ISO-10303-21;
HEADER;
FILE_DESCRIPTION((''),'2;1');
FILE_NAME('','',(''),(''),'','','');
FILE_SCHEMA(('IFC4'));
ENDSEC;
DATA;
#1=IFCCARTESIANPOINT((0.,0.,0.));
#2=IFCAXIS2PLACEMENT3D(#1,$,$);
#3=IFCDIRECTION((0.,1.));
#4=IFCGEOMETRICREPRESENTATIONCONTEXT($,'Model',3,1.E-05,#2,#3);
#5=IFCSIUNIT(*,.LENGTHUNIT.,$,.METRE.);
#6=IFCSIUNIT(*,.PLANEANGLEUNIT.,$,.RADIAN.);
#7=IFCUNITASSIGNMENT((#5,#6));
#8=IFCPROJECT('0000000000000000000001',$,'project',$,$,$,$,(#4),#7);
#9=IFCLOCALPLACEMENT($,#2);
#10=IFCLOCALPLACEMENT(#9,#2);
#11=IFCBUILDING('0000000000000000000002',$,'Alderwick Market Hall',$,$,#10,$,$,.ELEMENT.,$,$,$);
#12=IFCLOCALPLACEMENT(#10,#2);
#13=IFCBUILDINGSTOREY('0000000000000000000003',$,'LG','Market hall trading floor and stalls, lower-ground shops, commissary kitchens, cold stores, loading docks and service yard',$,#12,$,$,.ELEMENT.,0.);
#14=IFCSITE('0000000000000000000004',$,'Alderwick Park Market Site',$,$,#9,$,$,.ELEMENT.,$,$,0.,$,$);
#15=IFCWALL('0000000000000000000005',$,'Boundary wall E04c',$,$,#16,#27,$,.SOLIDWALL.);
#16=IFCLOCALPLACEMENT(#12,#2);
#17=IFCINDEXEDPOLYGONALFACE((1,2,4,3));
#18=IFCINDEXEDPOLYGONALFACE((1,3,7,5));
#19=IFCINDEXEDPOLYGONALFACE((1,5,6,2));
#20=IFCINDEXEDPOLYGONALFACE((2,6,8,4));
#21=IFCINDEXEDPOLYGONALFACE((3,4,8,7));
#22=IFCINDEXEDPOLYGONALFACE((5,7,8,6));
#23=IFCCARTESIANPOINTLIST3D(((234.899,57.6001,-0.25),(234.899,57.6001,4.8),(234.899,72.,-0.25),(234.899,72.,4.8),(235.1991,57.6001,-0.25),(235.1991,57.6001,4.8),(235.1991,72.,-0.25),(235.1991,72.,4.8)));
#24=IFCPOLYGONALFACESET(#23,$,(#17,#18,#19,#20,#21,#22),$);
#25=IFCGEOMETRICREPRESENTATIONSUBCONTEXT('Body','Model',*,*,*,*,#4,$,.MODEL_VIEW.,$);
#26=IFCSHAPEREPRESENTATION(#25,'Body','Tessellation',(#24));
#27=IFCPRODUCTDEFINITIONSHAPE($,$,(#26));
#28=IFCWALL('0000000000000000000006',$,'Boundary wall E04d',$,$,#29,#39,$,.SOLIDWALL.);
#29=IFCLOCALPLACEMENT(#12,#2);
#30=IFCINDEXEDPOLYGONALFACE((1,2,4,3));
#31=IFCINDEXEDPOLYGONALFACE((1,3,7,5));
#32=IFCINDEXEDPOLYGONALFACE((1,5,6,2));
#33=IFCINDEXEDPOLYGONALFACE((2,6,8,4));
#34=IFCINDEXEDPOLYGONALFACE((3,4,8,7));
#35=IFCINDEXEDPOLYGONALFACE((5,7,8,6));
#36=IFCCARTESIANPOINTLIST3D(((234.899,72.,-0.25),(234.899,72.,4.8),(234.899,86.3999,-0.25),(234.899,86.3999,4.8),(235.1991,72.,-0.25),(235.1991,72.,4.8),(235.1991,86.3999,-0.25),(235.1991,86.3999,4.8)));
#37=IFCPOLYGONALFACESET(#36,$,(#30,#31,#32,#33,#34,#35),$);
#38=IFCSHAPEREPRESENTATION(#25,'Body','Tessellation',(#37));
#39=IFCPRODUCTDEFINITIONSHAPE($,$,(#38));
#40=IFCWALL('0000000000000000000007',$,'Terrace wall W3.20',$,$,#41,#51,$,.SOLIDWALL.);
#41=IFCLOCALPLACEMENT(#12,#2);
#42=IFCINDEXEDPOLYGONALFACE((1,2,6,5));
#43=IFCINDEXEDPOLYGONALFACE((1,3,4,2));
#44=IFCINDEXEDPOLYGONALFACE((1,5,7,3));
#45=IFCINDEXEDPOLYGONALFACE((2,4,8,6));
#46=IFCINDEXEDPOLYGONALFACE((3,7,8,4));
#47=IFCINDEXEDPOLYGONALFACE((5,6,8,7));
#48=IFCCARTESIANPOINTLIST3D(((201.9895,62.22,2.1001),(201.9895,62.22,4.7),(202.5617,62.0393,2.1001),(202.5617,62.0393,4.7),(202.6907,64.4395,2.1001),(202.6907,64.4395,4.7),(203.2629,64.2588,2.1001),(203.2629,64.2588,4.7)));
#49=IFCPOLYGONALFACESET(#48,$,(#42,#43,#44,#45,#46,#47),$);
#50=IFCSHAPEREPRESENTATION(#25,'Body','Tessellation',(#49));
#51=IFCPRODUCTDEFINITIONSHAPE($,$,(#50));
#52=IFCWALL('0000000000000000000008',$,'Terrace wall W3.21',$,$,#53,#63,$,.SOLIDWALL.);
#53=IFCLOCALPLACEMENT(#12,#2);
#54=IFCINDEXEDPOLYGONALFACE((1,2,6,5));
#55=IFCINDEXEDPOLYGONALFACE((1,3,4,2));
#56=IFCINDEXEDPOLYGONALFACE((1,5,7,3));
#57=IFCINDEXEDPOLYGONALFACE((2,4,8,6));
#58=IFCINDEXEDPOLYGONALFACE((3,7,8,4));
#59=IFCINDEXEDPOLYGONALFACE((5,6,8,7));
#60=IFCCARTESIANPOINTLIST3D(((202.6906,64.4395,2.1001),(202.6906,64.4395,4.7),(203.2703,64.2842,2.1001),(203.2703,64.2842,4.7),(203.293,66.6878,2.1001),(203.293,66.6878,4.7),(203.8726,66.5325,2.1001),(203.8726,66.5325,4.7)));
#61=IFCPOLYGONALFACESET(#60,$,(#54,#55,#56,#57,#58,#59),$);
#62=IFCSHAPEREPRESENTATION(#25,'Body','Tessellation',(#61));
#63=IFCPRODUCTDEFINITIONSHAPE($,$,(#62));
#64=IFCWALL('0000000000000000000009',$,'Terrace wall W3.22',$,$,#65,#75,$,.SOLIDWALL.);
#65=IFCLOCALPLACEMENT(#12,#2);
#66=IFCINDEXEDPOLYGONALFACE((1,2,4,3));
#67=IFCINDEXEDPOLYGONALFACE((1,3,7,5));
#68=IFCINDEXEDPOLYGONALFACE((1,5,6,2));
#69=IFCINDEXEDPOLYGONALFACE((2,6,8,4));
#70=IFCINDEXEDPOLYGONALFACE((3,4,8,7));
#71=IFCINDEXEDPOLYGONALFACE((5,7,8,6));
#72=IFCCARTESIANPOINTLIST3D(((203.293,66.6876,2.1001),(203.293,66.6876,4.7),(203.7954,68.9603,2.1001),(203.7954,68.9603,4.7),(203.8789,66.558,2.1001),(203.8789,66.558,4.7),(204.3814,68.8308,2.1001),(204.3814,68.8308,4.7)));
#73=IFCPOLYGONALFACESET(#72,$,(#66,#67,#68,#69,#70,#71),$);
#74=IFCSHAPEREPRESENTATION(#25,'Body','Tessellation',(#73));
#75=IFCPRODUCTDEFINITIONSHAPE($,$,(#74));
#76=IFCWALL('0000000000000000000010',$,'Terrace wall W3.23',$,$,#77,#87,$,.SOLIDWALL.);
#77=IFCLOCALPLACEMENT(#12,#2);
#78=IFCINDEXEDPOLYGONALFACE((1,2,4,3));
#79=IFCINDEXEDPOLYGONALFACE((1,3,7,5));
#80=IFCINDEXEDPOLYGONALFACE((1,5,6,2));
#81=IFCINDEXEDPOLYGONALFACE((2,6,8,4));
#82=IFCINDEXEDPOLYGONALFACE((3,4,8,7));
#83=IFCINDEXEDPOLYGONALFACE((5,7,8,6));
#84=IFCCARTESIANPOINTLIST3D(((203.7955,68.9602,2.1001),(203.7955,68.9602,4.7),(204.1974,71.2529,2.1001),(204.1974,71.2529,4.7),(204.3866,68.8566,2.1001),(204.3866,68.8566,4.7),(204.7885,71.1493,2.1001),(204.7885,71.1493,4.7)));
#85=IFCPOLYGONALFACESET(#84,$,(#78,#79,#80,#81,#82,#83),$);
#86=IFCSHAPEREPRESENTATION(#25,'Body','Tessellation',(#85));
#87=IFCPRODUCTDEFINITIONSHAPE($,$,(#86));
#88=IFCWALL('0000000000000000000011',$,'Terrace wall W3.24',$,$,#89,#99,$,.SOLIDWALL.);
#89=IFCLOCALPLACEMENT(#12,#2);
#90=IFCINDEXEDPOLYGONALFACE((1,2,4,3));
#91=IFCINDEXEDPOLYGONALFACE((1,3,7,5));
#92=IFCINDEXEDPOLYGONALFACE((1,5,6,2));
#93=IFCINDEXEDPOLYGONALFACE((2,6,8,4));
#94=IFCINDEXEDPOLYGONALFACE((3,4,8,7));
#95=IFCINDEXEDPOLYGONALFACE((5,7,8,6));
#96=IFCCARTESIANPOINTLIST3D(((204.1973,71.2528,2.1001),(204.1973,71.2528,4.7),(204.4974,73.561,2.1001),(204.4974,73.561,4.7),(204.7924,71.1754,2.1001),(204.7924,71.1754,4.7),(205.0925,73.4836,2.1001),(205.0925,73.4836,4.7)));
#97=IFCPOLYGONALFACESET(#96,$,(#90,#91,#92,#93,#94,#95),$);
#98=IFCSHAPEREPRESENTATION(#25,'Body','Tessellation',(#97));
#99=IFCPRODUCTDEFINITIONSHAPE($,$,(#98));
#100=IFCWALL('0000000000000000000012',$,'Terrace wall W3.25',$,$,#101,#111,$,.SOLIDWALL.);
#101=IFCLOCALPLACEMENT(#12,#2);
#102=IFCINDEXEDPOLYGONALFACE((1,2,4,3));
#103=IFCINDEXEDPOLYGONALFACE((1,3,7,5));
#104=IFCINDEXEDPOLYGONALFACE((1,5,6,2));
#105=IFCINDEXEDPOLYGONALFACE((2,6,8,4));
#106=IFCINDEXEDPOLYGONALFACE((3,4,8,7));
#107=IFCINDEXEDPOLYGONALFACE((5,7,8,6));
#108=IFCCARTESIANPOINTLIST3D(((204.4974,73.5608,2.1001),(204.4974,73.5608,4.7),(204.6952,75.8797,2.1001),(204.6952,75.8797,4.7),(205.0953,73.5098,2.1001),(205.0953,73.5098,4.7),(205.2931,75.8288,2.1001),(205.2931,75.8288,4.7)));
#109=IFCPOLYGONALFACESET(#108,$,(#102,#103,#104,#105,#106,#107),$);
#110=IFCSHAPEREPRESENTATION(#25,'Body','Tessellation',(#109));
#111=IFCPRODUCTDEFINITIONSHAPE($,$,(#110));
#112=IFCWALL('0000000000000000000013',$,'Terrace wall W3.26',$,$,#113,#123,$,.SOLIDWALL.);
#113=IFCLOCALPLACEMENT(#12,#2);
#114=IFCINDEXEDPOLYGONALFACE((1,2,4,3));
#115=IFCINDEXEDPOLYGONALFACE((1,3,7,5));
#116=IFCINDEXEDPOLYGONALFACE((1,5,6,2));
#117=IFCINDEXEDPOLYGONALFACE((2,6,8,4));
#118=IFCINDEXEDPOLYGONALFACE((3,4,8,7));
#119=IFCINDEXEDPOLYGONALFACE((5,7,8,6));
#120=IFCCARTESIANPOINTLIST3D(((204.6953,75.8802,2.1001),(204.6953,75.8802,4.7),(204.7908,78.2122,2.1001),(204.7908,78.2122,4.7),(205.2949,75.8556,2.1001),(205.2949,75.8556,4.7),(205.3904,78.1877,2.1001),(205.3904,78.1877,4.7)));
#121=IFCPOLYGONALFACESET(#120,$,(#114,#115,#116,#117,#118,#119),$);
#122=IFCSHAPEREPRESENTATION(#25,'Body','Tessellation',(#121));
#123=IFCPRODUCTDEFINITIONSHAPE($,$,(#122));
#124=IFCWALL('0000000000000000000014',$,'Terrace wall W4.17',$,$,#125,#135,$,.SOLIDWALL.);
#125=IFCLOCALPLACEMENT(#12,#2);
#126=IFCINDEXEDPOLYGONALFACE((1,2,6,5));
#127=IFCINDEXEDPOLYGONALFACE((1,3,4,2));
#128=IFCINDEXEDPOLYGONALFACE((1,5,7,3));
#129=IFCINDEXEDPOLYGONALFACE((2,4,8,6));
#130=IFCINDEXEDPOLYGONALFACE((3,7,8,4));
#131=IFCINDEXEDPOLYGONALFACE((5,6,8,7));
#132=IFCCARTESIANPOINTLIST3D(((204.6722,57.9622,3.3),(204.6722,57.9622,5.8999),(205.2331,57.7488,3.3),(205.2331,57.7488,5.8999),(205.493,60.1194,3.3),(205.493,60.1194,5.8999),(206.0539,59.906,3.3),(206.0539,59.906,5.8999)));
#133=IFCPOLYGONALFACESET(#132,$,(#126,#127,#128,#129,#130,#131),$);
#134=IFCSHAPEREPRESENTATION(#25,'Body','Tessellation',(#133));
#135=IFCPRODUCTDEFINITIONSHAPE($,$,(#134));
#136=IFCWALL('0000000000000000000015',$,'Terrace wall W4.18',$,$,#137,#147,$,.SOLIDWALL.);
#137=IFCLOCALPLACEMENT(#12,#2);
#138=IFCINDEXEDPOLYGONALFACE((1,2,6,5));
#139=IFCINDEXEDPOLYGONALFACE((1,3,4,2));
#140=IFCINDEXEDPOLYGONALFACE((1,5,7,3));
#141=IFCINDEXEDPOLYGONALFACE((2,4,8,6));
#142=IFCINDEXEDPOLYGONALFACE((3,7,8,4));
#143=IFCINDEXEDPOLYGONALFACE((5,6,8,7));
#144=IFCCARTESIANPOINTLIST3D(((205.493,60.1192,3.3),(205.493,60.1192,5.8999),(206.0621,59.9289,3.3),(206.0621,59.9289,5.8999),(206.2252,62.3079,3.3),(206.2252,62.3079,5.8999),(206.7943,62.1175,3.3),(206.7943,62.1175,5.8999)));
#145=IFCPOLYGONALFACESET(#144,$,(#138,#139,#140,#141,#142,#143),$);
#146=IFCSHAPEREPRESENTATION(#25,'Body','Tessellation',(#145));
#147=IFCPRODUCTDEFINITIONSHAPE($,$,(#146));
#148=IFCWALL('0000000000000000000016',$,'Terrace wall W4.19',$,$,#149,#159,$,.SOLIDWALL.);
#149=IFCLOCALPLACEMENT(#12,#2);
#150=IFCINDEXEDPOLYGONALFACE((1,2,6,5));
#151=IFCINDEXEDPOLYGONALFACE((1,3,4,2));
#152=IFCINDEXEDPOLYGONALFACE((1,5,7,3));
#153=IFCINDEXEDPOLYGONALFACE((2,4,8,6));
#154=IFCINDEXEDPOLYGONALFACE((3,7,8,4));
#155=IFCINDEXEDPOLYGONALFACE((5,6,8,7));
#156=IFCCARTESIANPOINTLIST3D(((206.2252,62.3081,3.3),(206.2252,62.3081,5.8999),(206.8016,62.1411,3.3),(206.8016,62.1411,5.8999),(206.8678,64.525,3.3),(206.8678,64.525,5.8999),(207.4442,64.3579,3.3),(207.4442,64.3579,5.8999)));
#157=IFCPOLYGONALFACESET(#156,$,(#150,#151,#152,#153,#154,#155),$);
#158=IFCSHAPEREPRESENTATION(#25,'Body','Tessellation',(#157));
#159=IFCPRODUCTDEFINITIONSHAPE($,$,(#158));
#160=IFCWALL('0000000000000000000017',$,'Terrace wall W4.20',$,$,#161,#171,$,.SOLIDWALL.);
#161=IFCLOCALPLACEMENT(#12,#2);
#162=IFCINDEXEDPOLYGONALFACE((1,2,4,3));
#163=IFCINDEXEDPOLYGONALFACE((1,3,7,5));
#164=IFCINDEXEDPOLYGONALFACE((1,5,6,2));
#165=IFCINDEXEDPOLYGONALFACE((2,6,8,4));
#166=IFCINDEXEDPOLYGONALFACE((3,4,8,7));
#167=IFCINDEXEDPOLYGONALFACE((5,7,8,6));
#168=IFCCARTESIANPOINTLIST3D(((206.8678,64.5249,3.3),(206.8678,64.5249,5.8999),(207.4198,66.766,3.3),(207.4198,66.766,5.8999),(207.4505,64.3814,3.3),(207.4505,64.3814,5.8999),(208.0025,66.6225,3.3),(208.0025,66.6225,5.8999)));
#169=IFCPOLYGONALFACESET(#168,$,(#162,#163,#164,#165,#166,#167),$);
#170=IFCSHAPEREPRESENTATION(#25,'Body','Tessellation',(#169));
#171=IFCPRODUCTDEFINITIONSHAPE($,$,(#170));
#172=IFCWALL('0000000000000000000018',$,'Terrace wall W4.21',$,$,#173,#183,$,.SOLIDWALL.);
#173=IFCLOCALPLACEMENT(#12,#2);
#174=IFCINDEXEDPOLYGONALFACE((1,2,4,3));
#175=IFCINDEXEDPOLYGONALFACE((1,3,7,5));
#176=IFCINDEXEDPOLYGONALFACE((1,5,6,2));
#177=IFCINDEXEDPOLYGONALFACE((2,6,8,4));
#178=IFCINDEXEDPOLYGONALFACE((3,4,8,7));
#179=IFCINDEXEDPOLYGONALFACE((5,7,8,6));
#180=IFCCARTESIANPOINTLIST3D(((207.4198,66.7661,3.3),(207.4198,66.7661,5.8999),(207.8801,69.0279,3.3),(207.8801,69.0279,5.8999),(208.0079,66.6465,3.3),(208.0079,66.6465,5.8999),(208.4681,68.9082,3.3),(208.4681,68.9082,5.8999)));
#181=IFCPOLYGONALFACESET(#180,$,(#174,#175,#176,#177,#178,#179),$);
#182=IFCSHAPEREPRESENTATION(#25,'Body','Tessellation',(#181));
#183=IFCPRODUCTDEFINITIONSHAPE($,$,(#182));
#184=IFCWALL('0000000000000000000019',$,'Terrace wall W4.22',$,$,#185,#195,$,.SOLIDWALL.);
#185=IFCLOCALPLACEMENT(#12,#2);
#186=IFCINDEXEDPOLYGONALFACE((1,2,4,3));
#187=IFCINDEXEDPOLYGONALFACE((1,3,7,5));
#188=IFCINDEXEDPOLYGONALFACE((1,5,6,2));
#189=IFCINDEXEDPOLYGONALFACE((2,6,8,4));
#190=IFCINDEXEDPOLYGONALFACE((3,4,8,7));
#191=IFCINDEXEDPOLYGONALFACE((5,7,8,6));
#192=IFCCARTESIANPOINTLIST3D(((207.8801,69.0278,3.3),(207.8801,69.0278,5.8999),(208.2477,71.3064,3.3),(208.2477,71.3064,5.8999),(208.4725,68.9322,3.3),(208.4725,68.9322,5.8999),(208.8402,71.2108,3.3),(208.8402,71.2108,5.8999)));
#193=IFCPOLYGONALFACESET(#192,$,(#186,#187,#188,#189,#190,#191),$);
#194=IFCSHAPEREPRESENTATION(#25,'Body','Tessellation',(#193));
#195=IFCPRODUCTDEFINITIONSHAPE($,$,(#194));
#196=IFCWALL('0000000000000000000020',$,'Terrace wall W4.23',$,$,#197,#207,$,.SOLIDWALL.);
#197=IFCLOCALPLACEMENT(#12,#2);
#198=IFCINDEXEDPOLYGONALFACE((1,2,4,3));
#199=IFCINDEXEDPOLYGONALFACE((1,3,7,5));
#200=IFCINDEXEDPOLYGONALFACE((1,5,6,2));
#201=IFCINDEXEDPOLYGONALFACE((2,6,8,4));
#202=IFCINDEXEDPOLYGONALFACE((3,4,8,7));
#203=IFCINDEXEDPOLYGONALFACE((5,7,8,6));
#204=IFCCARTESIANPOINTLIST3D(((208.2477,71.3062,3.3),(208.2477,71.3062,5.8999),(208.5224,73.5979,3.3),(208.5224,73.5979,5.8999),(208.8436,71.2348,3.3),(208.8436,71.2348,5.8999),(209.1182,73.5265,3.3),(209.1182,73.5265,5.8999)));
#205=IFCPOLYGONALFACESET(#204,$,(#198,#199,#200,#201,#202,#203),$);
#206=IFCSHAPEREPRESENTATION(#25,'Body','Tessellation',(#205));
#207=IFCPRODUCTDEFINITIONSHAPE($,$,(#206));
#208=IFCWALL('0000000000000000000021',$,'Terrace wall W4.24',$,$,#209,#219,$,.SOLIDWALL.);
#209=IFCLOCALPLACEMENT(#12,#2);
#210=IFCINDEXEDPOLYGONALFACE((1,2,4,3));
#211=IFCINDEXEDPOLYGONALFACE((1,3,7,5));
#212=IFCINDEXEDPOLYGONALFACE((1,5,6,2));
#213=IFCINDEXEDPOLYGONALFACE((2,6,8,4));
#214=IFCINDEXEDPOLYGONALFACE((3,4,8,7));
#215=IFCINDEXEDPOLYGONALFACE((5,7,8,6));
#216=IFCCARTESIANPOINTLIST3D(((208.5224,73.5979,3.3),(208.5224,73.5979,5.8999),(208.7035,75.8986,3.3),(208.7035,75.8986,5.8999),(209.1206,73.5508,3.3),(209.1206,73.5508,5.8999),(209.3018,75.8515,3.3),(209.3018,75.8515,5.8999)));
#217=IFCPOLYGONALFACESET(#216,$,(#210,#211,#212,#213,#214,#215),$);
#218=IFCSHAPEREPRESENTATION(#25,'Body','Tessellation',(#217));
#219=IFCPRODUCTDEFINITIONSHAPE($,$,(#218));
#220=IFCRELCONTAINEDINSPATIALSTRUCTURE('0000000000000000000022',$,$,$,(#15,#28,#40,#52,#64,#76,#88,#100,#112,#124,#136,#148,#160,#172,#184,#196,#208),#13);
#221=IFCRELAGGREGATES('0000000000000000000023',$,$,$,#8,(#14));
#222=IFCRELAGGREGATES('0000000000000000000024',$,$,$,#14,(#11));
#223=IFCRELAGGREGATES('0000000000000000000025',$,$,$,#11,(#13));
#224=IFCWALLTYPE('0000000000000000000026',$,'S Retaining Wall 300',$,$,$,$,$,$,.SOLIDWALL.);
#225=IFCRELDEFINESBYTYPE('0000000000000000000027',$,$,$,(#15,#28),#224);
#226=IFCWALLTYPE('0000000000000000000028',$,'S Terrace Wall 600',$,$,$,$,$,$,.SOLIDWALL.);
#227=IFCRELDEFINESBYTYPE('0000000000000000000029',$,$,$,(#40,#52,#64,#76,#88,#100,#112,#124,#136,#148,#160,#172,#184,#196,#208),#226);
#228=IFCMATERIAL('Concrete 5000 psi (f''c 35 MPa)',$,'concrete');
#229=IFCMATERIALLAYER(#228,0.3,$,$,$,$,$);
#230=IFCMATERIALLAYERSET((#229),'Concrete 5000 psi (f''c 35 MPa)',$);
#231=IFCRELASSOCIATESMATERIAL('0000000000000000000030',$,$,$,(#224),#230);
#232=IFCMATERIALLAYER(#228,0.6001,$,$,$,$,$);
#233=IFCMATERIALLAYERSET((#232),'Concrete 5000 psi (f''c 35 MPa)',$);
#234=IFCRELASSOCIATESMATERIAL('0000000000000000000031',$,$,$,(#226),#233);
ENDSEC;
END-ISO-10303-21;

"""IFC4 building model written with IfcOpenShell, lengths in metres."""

from ifc_helpers import new_model, si_unit, direction, frame, frame_2d, origin, place, context, subcontext, project, spatial, rectangle, extrude, material, layer, layer_set, type_object, element, save


model = new_model("IFC4")

# Units and contexts
model_context = context("Model", 3, precision=1e-05, world=origin(), true_north=direction((0.0, 1.0)))
body_context = subcontext(model_context, "Body", "Model", "MODEL_VIEW")
ifc_project = project(units=[si_unit("LENGTHUNIT", "METRE"), si_unit("PLANEANGLEUNIT", "RADIAN")], contexts=[model_context])

# Site, building, storey
site_placement = place(None, origin())
site = spatial("IfcSite", under=ifc_project, at=site_placement, Name="Alderwick Park Market Site", CompositionType="ELEMENT", RefElevation=0.0)
building_placement = place(site_placement, origin())
building = spatial("IfcBuilding", under=site, at=building_placement, Name="Alderwick Market Hall", CompositionType="ELEMENT")
storey_placement = place(building_placement, origin())
storey = spatial("IfcBuildingStorey", under=building, at=storey_placement, Name="LG", Description="Market hall trading floor and stalls, lower-ground shops, commissary kitchens, cold stores, loading docks and service yard", CompositionType="ELEMENT", Elevation=0.0)

# Walls
ifc_material_1 = material(Name="Concrete 5000 psi (f'c 35 MPa)", Category="concrete")
ifc_layer_1 = layer(ifc_material_1, 0.3)
ifc_layer_set_1 = layer_set([ifc_layer_1], Name="Concrete 5000 psi (f'c 35 MPa)")
wall_type_1 = type_object("IfcWallType", Name="S Retaining Wall 300", PredefinedType="SOLIDWALL", material=ifc_layer_set_1)
for number, where, z_axis, x_axis, name in (
    (1, (235.0491, 57.6001, -0.25), (0.0, 0.0, 1.0), (0.0, 1.0, 0.0), "Boundary wall E04c"),
    (2, (235.0491, 72.0, -0.25), (0.0, 0.0, 1.0), (0.0, 1.0, 0.0), "Boundary wall E04d"),
):
    element("IfcWall", number, at=place(storey_placement, frame(where, z_axis=z_axis, x_axis=x_axis)), inside=storey, type_object=wall_type_1, Name=name, PredefinedType="SOLIDWALL", context=body_context, shape_type="SweptSolid", body=[
        extrude(rectangle(XDim=14.3999, YDim=0.3, at=frame_2d((7.2, 0.0))), origin(), (0.0, 0.0, 1.0), 5.05),
    ])
ifc_layer_2 = layer(ifc_material_1, 0.6001)
ifc_layer_set_2 = layer_set([ifc_layer_2], Name="Concrete 5000 psi (f'c 35 MPa)")
wall_type_2 = type_object("IfcWallType", Name="S Terrace Wall 600", PredefinedType="SOLIDWALL", material=ifc_layer_set_2)
for number, where, z_axis, x_axis, name in (
    (3, (202.2756, 62.1296, 2.1001), (0.0, 0.0, 1.0), (0.301242, 0.953548, 0.0), "Terrace wall W3.20"),
    (4, (202.9805, 64.3618, 2.1001), (0.0, 0.0, 1.0), (0.258766, 0.96594, 0.0), "Terrace wall W3.21"),
    (5, (203.5859, 66.6228, 2.1001), (0.0, 0.0, 1.0), (0.215864, 0.976423, 0.0), "Terrace wall W3.22"),
    (6, (204.0911, 68.9084, 2.1001), (0.0, 0.0, 1.0), (0.172642, 0.984985, 0.0), "Terrace wall W3.23"),
    (7, (204.4949, 71.2141, 2.1001), (0.0, 0.0, 1.0), (0.128913, 0.991656, 0.0), "Terrace wall W3.24"),
):
    element("IfcWall", number, at=place(storey_placement, frame(where, z_axis=z_axis, x_axis=x_axis)), inside=storey, type_object=wall_type_2, Name=name, PredefinedType="SOLIDWALL", context=body_context, shape_type="SweptSolid", body=[
        extrude(rectangle(XDim=2.3276, YDim=0.6001, at=frame_2d((1.1638, 0.0))), origin(), (0.0, 0.0, 1.0), 2.5999),
    ])
wall_1_placement = place(storey_placement, frame((204.7964, 73.5354, 2.1001), z_axis=(0.0, 0.0, 1.0), x_axis=(0.084964, 0.996384, 0.0)))
element("IfcWall", 8, at=wall_1_placement, inside=storey, type_object=wall_type_2, Name="Terrace wall W3.25", PredefinedType="SOLIDWALL", context=body_context, shape_type="SweptSolid", body=[
    extrude(rectangle(XDim=2.3274, YDim=0.6001, at=frame_2d((1.1636, 0.0))), origin(), (0.0, 0.0, 1.0), 2.5999),
])
wall_2_placement = place(storey_placement, frame((204.9951, 75.8679, 2.1001), z_axis=(0.0, 0.0, 1.0), x_axis=(0.0409, 0.999163, 0.0)))
element("IfcWall", 9, at=wall_2_placement, inside=storey, type_object=wall_type_2, Name="Terrace wall W3.26", PredefinedType="SOLIDWALL", context=body_context, shape_type="SweptSolid", body=[
    extrude(rectangle(XDim=2.334, YDim=0.6001, at=frame_2d((1.167, 0.0))), origin(), (0.0, 0.0, 1.0), 2.5999),
])
wall_3_placement = place(storey_placement, frame((204.9526, 57.8555, 3.3), z_axis=(0.0, 0.0, 1.0), x_axis=(0.355617, 0.934632, 0.0)))
element("IfcWall", 10, at=wall_3_placement, inside=storey, type_object=wall_type_2, Name="Terrace wall W4.17", PredefinedType="SOLIDWALL", context=body_context, shape_type="SweptSolid", body=[
    extrude(rectangle(XDim=2.3081, YDim=0.6001, at=frame_2d((1.1541, 0.0))), origin(), (0.0, 0.0, 1.0), 2.5999),
])
wall_4_placement = place(storey_placement, frame((205.7776, 60.0242, 3.3), z_axis=(0.0, 0.0, 1.0), x_axis=(0.317243, 0.948344, 0.0)))
element("IfcWall", 11, at=wall_4_placement, inside=storey, type_object=wall_type_2, Name="Terrace wall W4.18", PredefinedType="SOLIDWALL", context=body_context, shape_type="SweptSolid", body=[
    extrude(rectangle(XDim=2.3079, YDim=0.6001, at=frame_2d((1.1538, 0.0))), origin(), (0.0, 0.0, 1.0), 2.5999),
])
for number, where, z_axis, x_axis, name in (
    (12, (206.5134, 62.2246, 3.3), (0.0, 0.0, 1.0), (0.278407, 0.960463, 0.0), "Terrace wall W4.19"),
    (13, (207.1592, 64.4531, 3.3), (0.0, 0.0, 1.0), (0.239149, 0.970983, 0.0), "Terrace wall W4.20"),
    (14, (207.7139, 66.7063, 3.3), (0.0, 0.0, 1.0), (0.19939, 0.97992, 0.0), "Terrace wall W4.21"),
    (15, (208.1763, 68.98, 3.3), (0.0, 0.0, 1.0), (0.159302, 0.98723, 0.0), "Terrace wall W4.22"),
    (16, (208.5457, 71.2705, 3.3), (0.0, 0.0, 1.0), (0.118995, 0.992895, 0.0), "Terrace wall W4.23"),
):
    element("IfcWall", number, at=place(storey_placement, frame(where, z_axis=z_axis, x_axis=x_axis)), inside=storey, type_object=wall_type_2, Name=name, PredefinedType="SOLIDWALL", context=body_context, shape_type="SweptSolid", body=[
        extrude(rectangle(XDim=2.3081, YDim=0.6001, at=frame_2d((1.1541, 0.0))), origin(), (0.0, 0.0, 1.0), 2.5999),
    ])
wall_5_placement = place(storey_placement, frame((208.8215, 73.5745, 3.3), z_axis=(0.0, 0.0, 1.0), x_axis=(0.078492, 0.996915, 0.0)))
element("IfcWall", 17, at=wall_5_placement, inside=storey, type_object=wall_type_2, Name="Terrace wall W4.24", PredefinedType="SOLIDWALL", context=body_context, shape_type="SweptSolid", body=[
    extrude(rectangle(XDim=2.3079, YDim=0.6001, at=frame_2d((1.1538, 0.0))), origin(), (0.0, 0.0, 1.0), 2.5999),
])

save(model, "model.ifc")
